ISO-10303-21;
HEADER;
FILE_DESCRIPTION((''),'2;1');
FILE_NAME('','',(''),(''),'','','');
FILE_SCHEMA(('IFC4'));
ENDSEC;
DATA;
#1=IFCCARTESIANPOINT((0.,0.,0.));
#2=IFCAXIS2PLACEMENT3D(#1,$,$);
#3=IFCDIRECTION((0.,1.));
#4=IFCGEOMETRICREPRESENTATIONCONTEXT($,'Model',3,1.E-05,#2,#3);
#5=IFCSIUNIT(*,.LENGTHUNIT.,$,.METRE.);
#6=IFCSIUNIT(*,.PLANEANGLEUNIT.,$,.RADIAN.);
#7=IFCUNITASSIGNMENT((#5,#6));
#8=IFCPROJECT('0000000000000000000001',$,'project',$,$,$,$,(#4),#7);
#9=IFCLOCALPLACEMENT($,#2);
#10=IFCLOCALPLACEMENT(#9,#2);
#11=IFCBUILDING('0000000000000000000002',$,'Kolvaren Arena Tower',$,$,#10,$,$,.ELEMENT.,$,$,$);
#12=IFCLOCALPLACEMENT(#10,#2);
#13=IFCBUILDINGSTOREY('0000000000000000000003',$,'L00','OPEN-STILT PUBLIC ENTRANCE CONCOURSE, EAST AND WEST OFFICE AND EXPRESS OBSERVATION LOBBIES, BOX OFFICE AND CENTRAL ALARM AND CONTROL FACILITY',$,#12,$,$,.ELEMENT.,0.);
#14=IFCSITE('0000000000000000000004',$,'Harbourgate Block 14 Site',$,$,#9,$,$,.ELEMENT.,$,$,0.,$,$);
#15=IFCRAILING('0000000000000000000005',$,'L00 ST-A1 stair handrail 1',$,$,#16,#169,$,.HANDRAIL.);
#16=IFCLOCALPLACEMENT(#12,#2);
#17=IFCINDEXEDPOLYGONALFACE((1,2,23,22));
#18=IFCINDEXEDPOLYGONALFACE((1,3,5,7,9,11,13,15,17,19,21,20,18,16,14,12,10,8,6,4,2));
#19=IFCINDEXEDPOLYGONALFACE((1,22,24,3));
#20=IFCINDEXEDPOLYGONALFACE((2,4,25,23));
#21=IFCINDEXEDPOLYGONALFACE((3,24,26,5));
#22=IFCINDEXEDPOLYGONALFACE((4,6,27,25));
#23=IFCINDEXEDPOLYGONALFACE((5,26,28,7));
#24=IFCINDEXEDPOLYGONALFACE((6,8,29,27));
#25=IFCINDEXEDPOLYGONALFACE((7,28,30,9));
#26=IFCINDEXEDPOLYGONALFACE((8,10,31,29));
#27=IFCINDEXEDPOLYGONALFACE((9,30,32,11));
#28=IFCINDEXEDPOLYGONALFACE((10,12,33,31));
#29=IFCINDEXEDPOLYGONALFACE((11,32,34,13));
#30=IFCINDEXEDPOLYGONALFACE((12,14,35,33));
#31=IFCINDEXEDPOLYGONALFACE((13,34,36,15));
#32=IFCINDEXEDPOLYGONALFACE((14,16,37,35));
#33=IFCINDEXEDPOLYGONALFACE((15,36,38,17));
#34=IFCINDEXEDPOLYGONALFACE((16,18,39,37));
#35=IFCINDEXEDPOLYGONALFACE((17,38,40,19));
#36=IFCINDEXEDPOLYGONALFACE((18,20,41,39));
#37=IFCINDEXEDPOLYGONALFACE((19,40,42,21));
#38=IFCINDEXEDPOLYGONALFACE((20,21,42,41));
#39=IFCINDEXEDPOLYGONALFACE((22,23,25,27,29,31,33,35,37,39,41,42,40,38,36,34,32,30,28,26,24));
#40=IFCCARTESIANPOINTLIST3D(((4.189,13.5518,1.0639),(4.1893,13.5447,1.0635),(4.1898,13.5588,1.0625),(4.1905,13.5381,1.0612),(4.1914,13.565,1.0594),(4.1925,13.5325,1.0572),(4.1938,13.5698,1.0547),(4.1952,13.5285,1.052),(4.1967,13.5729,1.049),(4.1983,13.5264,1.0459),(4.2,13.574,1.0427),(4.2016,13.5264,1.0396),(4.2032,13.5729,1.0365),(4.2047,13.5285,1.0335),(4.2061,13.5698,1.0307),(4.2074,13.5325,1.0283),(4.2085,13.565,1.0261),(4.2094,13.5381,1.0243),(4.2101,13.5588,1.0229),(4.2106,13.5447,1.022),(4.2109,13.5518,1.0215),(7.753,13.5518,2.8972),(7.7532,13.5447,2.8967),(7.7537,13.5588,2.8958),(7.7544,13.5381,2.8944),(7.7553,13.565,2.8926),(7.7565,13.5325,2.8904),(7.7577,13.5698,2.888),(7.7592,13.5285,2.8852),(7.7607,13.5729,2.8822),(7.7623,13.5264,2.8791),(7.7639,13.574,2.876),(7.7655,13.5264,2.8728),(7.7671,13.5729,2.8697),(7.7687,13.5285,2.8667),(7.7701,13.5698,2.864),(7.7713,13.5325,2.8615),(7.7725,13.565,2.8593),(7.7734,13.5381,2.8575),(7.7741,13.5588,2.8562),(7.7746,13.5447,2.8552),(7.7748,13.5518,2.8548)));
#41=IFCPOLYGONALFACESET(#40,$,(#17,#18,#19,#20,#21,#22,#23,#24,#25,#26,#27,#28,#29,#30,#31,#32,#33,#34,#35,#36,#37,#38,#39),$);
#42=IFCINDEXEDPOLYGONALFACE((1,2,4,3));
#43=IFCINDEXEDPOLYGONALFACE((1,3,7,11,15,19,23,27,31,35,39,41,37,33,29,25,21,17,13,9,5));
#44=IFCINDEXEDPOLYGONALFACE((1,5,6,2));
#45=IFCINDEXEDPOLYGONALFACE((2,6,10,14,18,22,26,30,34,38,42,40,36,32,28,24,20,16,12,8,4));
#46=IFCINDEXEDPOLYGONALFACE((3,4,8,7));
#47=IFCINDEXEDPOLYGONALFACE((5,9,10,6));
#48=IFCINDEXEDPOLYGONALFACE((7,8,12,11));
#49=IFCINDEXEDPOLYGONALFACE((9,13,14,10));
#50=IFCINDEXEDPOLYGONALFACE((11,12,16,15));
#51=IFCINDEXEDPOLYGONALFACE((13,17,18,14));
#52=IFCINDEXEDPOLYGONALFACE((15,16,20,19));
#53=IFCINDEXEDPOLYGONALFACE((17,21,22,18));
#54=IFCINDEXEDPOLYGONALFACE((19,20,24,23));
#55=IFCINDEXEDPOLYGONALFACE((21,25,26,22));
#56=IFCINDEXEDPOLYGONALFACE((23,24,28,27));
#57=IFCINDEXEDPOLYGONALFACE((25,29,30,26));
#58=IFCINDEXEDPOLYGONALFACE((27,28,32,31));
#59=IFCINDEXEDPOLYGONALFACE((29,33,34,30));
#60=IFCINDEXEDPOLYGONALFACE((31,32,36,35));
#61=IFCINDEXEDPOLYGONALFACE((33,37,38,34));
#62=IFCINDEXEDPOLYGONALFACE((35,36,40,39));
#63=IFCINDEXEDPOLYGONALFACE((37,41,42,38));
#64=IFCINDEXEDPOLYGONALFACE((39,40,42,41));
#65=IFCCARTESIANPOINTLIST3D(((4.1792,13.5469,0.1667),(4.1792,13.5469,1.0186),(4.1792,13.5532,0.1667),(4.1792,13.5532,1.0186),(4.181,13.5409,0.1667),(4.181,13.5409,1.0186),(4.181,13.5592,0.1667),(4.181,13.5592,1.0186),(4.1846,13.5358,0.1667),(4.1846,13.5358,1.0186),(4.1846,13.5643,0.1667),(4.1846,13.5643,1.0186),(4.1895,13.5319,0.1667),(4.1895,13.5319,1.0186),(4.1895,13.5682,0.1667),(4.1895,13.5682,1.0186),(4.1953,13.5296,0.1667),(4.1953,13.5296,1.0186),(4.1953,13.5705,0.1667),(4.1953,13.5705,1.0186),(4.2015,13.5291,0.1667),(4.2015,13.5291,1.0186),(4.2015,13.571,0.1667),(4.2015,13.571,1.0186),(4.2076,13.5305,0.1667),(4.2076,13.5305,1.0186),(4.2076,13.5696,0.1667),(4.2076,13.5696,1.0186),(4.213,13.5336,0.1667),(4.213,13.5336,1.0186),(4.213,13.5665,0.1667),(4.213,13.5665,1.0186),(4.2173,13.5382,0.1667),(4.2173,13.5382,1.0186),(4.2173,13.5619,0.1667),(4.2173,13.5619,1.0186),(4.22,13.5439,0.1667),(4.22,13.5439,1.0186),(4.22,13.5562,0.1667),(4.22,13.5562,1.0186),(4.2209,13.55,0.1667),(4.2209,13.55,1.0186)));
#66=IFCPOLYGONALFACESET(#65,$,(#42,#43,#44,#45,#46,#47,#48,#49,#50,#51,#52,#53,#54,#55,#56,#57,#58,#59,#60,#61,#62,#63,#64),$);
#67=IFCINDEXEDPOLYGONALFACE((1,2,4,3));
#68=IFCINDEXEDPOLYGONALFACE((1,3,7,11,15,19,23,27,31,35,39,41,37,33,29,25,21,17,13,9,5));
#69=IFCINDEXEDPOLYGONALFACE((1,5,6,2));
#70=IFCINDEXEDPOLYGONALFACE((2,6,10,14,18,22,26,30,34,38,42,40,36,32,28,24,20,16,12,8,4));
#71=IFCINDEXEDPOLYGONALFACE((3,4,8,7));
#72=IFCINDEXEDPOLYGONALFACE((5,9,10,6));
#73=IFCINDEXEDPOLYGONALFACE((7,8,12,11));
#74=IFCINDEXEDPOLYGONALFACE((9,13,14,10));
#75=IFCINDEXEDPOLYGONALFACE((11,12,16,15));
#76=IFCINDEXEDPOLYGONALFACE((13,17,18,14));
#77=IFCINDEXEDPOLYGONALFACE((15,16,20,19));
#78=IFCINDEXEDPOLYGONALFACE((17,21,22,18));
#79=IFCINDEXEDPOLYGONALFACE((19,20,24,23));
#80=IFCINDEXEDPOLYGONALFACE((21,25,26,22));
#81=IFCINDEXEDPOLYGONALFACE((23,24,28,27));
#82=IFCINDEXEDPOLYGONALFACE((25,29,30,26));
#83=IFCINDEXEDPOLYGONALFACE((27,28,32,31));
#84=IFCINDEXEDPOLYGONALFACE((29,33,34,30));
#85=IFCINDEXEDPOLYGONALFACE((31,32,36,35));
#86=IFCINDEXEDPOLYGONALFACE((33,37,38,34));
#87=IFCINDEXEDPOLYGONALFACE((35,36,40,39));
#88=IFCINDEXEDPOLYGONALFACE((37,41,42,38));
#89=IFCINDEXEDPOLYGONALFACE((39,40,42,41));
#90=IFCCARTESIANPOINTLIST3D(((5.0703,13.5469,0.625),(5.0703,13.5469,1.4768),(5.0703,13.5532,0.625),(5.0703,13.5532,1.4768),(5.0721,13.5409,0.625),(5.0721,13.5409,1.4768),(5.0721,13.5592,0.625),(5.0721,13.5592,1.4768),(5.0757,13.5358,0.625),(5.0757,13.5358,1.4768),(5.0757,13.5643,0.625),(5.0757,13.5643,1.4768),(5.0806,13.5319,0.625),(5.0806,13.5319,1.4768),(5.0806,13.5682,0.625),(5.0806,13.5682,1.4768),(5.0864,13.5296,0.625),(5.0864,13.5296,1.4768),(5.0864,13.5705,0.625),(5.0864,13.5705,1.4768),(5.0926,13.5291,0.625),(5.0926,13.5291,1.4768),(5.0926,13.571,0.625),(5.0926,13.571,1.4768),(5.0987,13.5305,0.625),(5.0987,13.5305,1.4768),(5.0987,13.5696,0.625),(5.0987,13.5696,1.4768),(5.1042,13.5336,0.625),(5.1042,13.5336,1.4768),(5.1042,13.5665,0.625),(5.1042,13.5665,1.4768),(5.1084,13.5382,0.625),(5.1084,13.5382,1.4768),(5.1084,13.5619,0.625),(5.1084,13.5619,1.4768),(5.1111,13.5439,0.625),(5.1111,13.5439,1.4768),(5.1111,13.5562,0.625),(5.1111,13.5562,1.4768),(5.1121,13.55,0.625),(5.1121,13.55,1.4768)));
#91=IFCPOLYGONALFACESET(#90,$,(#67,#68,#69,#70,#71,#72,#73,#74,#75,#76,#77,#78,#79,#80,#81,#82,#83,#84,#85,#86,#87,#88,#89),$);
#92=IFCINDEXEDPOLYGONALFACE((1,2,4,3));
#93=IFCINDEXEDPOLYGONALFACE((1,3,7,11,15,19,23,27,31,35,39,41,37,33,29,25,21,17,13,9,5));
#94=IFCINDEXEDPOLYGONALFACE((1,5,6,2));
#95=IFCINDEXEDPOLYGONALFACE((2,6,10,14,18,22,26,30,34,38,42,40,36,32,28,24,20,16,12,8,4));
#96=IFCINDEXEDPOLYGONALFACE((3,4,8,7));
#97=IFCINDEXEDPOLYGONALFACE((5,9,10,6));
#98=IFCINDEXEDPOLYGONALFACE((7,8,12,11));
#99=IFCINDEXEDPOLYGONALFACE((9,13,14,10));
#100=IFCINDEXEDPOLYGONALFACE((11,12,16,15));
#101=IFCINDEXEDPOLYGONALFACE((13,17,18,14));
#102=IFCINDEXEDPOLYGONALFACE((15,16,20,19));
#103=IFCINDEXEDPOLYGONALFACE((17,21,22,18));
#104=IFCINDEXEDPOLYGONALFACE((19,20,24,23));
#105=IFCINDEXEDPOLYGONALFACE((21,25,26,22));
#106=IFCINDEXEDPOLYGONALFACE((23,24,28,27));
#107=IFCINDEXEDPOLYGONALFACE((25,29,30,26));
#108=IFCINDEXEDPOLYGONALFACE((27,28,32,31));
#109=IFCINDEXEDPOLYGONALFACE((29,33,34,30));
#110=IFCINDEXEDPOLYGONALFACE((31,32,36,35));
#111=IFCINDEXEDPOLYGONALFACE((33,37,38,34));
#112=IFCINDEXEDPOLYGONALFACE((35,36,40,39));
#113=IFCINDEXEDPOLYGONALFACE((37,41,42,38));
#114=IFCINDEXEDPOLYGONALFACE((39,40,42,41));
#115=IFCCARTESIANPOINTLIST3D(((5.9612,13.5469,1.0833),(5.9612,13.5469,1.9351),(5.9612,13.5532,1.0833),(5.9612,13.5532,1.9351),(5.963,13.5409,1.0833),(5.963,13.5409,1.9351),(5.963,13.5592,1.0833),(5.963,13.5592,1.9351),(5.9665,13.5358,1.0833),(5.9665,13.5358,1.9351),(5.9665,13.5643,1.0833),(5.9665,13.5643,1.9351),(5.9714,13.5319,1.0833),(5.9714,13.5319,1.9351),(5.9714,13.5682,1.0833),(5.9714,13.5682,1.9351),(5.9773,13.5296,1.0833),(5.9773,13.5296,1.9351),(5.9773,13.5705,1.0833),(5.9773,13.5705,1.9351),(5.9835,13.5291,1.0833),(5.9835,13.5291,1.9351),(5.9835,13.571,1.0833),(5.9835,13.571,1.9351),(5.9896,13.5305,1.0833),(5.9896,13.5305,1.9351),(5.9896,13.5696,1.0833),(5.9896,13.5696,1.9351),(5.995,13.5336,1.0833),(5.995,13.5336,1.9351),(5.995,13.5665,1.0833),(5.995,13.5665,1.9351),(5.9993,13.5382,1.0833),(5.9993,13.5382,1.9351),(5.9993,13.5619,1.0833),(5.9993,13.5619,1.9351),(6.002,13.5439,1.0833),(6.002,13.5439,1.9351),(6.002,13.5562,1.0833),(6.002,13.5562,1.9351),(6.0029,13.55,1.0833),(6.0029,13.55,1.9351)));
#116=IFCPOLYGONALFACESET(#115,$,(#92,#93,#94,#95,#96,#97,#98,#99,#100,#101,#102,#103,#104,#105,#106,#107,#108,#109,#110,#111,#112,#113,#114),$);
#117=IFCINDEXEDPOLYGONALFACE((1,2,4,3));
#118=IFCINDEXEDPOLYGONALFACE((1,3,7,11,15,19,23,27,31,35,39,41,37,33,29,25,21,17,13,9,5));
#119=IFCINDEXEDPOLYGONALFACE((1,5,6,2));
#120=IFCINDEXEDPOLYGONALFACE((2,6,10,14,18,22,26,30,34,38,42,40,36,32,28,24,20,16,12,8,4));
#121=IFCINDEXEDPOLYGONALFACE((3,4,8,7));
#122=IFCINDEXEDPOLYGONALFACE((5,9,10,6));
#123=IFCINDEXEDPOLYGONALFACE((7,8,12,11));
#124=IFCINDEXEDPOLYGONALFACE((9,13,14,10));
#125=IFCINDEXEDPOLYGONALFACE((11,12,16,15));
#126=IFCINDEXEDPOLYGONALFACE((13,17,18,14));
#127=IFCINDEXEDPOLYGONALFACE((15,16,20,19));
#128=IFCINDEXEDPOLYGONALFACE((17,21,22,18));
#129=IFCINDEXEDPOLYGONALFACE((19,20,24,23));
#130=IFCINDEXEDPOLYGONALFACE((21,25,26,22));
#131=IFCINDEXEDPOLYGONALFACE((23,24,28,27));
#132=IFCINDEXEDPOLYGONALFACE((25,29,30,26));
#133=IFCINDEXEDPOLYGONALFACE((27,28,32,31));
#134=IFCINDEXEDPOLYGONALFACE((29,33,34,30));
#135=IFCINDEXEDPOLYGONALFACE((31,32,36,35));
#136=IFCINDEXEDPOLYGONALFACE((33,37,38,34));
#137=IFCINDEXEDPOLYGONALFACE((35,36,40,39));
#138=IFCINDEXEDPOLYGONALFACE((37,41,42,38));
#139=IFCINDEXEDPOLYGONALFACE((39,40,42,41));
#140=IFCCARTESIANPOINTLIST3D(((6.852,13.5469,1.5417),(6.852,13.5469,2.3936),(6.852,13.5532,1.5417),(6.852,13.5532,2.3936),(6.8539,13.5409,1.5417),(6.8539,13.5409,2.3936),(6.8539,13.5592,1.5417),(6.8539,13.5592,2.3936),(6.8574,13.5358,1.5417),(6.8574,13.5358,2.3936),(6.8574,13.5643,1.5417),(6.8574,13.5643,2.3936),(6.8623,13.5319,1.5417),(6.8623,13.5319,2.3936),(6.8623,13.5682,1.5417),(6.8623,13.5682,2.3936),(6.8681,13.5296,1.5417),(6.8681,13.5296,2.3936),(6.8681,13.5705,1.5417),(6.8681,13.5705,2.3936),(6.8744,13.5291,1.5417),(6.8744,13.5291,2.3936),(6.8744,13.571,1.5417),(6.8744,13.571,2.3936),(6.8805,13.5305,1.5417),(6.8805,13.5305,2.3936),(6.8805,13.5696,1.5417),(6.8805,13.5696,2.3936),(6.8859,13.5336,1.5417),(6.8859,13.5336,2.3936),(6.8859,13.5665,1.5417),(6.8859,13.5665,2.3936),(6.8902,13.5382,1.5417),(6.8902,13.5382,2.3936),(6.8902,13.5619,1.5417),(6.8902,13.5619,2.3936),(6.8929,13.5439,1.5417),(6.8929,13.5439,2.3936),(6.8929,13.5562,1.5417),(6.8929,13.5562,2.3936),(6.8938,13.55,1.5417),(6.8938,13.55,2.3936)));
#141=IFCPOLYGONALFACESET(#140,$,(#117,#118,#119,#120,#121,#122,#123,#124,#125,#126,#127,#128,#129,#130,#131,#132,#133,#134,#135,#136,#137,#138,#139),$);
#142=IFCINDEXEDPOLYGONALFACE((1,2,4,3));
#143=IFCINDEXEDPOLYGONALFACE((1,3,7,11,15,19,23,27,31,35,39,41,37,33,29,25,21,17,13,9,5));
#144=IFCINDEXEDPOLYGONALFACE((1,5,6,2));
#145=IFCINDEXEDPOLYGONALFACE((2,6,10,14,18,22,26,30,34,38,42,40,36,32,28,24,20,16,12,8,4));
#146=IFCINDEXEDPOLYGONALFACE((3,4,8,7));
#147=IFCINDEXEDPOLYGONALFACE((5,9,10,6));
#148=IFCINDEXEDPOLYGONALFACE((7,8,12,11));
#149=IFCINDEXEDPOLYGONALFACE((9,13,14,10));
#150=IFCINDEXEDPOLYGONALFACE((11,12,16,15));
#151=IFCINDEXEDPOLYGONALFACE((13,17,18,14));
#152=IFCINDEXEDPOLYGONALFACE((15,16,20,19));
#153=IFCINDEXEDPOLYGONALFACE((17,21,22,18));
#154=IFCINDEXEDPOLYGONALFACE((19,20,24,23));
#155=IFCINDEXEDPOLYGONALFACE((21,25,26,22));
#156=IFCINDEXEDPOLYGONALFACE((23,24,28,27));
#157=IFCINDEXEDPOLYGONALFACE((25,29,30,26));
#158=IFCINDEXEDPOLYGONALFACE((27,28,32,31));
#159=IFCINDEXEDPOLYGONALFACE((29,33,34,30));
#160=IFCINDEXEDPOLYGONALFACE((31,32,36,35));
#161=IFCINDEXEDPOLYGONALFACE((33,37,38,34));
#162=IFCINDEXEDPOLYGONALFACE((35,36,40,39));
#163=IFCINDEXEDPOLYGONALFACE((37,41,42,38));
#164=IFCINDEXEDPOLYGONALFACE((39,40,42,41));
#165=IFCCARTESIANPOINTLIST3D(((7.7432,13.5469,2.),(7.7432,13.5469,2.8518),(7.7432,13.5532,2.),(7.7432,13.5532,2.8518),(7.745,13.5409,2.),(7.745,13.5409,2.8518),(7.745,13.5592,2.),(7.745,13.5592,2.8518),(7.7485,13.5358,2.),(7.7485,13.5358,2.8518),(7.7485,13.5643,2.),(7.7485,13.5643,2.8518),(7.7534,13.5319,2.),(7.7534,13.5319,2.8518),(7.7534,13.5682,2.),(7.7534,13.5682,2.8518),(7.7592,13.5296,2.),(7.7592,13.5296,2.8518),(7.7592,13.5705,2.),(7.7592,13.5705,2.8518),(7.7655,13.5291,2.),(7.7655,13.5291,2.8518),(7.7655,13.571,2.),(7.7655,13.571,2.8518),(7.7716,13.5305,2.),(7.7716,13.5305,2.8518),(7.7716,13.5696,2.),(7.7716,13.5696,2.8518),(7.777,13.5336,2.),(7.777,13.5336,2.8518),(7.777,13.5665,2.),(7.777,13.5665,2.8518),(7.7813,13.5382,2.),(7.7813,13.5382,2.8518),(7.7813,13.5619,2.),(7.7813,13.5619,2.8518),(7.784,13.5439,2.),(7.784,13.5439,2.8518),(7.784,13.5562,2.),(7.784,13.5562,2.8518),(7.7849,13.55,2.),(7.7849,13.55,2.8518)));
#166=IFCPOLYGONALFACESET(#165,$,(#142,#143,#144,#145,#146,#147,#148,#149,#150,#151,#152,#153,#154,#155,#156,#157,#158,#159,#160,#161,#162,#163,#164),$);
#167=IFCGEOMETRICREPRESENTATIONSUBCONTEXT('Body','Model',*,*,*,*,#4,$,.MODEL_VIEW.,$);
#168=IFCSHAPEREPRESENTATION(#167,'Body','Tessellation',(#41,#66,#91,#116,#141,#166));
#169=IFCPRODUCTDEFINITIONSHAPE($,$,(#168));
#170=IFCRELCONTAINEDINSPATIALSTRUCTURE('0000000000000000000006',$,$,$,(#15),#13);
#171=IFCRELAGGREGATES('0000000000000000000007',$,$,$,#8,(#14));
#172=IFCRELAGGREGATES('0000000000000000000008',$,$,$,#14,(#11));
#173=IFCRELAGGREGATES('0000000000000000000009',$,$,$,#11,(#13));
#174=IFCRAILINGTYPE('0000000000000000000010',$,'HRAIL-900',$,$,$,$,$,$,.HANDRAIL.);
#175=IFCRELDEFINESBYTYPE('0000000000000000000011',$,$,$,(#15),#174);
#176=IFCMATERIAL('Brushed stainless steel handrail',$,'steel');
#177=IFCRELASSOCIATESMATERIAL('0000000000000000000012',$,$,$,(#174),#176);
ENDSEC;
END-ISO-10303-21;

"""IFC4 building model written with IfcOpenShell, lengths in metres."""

from ifc_helpers import new_model, si_unit, direction, frame, origin, origin_2d, place, context, subcontext, project, spatial, circle, extrude, material, type_object, element, save


model = new_model("IFC4")

# Units and contexts
model_context = context("Model", 3, precision=1e-05, world=origin(), true_north=direction((0.0, 1.0)))
body_context = subcontext(model_context, "Body", "Model", "MODEL_VIEW")
ifc_project = project(units=[si_unit("LENGTHUNIT", "METRE"), si_unit("PLANEANGLEUNIT", "RADIAN")], contexts=[model_context])

# Site, building, storey
site_placement = place(None, origin())
site = spatial("IfcSite", under=ifc_project, at=site_placement, Name="Harbourgate Block 14 Site", CompositionType="ELEMENT", RefElevation=0.0)
building_placement = place(site_placement, origin())
building = spatial("IfcBuilding", under=site, at=building_placement, Name="Kolvaren Arena Tower", CompositionType="ELEMENT")
storey_placement = place(building_placement, origin())
storey = spatial("IfcBuildingStorey", under=building, at=storey_placement, Name="L00", Description="OPEN-STILT PUBLIC ENTRANCE CONCOURSE, EAST AND WEST OFFICE AND EXPRESS OBSERVATION LOBBIES, BOX OFFICE AND CENTRAL ALARM AND CONTROL FACILITY", CompositionType="ELEMENT", Elevation=0.0)

# Railing
ifc_material_1 = material(Name="Brushed stainless steel handrail", Category="steel")
railing_type_1 = type_object("IfcRailingType", Name="HRAIL-900", PredefinedType="HANDRAIL", material=ifc_material_1)
railing_1_placement = place(storey_placement, frame((4.2, 13.55, 0.1667)))
element("IfcRailing", 1, at=railing_1_placement, inside=storey, type_object=railing_type_1, Name="L00 ST-A1 stair handrail 1", PredefinedType="HANDRAIL", context=body_context, shape_type="SweptSolid", body=[
    extrude(circle(Radius=0.0239, at=origin_2d()), frame((0.0, 0.0, 0.876), z_axis=(0.889252, 0.0, 0.457418), x_axis=(0.0, 1.0, 0.0)), (0.0, 0.0, 1.0), 4.0078),
    extrude(circle(Radius=0.021, at=origin_2d()), origin(), (0.0, 0.0, 1.0), 0.8518),
    extrude(circle(Radius=0.021, at=origin_2d()), frame((0.8911, 0.0, 0.4583)), (0.0, 0.0, 1.0), 0.8518),
    extrude(circle(Radius=0.021, at=origin_2d()), frame((1.782, 0.0, 0.9165)), (0.0, 0.0, 1.0), 0.8518),
    extrude(circle(Radius=0.021, at=origin_2d()), frame((2.6729, 0.0, 1.375)), (0.0, 0.0, 1.0), 0.8518),
    extrude(circle(Radius=0.021, at=origin_2d()), frame((3.564, 0.0, 1.8333)), (0.0, 0.0, 1.0), 0.8518),
])

save(model, "model.ifc")
